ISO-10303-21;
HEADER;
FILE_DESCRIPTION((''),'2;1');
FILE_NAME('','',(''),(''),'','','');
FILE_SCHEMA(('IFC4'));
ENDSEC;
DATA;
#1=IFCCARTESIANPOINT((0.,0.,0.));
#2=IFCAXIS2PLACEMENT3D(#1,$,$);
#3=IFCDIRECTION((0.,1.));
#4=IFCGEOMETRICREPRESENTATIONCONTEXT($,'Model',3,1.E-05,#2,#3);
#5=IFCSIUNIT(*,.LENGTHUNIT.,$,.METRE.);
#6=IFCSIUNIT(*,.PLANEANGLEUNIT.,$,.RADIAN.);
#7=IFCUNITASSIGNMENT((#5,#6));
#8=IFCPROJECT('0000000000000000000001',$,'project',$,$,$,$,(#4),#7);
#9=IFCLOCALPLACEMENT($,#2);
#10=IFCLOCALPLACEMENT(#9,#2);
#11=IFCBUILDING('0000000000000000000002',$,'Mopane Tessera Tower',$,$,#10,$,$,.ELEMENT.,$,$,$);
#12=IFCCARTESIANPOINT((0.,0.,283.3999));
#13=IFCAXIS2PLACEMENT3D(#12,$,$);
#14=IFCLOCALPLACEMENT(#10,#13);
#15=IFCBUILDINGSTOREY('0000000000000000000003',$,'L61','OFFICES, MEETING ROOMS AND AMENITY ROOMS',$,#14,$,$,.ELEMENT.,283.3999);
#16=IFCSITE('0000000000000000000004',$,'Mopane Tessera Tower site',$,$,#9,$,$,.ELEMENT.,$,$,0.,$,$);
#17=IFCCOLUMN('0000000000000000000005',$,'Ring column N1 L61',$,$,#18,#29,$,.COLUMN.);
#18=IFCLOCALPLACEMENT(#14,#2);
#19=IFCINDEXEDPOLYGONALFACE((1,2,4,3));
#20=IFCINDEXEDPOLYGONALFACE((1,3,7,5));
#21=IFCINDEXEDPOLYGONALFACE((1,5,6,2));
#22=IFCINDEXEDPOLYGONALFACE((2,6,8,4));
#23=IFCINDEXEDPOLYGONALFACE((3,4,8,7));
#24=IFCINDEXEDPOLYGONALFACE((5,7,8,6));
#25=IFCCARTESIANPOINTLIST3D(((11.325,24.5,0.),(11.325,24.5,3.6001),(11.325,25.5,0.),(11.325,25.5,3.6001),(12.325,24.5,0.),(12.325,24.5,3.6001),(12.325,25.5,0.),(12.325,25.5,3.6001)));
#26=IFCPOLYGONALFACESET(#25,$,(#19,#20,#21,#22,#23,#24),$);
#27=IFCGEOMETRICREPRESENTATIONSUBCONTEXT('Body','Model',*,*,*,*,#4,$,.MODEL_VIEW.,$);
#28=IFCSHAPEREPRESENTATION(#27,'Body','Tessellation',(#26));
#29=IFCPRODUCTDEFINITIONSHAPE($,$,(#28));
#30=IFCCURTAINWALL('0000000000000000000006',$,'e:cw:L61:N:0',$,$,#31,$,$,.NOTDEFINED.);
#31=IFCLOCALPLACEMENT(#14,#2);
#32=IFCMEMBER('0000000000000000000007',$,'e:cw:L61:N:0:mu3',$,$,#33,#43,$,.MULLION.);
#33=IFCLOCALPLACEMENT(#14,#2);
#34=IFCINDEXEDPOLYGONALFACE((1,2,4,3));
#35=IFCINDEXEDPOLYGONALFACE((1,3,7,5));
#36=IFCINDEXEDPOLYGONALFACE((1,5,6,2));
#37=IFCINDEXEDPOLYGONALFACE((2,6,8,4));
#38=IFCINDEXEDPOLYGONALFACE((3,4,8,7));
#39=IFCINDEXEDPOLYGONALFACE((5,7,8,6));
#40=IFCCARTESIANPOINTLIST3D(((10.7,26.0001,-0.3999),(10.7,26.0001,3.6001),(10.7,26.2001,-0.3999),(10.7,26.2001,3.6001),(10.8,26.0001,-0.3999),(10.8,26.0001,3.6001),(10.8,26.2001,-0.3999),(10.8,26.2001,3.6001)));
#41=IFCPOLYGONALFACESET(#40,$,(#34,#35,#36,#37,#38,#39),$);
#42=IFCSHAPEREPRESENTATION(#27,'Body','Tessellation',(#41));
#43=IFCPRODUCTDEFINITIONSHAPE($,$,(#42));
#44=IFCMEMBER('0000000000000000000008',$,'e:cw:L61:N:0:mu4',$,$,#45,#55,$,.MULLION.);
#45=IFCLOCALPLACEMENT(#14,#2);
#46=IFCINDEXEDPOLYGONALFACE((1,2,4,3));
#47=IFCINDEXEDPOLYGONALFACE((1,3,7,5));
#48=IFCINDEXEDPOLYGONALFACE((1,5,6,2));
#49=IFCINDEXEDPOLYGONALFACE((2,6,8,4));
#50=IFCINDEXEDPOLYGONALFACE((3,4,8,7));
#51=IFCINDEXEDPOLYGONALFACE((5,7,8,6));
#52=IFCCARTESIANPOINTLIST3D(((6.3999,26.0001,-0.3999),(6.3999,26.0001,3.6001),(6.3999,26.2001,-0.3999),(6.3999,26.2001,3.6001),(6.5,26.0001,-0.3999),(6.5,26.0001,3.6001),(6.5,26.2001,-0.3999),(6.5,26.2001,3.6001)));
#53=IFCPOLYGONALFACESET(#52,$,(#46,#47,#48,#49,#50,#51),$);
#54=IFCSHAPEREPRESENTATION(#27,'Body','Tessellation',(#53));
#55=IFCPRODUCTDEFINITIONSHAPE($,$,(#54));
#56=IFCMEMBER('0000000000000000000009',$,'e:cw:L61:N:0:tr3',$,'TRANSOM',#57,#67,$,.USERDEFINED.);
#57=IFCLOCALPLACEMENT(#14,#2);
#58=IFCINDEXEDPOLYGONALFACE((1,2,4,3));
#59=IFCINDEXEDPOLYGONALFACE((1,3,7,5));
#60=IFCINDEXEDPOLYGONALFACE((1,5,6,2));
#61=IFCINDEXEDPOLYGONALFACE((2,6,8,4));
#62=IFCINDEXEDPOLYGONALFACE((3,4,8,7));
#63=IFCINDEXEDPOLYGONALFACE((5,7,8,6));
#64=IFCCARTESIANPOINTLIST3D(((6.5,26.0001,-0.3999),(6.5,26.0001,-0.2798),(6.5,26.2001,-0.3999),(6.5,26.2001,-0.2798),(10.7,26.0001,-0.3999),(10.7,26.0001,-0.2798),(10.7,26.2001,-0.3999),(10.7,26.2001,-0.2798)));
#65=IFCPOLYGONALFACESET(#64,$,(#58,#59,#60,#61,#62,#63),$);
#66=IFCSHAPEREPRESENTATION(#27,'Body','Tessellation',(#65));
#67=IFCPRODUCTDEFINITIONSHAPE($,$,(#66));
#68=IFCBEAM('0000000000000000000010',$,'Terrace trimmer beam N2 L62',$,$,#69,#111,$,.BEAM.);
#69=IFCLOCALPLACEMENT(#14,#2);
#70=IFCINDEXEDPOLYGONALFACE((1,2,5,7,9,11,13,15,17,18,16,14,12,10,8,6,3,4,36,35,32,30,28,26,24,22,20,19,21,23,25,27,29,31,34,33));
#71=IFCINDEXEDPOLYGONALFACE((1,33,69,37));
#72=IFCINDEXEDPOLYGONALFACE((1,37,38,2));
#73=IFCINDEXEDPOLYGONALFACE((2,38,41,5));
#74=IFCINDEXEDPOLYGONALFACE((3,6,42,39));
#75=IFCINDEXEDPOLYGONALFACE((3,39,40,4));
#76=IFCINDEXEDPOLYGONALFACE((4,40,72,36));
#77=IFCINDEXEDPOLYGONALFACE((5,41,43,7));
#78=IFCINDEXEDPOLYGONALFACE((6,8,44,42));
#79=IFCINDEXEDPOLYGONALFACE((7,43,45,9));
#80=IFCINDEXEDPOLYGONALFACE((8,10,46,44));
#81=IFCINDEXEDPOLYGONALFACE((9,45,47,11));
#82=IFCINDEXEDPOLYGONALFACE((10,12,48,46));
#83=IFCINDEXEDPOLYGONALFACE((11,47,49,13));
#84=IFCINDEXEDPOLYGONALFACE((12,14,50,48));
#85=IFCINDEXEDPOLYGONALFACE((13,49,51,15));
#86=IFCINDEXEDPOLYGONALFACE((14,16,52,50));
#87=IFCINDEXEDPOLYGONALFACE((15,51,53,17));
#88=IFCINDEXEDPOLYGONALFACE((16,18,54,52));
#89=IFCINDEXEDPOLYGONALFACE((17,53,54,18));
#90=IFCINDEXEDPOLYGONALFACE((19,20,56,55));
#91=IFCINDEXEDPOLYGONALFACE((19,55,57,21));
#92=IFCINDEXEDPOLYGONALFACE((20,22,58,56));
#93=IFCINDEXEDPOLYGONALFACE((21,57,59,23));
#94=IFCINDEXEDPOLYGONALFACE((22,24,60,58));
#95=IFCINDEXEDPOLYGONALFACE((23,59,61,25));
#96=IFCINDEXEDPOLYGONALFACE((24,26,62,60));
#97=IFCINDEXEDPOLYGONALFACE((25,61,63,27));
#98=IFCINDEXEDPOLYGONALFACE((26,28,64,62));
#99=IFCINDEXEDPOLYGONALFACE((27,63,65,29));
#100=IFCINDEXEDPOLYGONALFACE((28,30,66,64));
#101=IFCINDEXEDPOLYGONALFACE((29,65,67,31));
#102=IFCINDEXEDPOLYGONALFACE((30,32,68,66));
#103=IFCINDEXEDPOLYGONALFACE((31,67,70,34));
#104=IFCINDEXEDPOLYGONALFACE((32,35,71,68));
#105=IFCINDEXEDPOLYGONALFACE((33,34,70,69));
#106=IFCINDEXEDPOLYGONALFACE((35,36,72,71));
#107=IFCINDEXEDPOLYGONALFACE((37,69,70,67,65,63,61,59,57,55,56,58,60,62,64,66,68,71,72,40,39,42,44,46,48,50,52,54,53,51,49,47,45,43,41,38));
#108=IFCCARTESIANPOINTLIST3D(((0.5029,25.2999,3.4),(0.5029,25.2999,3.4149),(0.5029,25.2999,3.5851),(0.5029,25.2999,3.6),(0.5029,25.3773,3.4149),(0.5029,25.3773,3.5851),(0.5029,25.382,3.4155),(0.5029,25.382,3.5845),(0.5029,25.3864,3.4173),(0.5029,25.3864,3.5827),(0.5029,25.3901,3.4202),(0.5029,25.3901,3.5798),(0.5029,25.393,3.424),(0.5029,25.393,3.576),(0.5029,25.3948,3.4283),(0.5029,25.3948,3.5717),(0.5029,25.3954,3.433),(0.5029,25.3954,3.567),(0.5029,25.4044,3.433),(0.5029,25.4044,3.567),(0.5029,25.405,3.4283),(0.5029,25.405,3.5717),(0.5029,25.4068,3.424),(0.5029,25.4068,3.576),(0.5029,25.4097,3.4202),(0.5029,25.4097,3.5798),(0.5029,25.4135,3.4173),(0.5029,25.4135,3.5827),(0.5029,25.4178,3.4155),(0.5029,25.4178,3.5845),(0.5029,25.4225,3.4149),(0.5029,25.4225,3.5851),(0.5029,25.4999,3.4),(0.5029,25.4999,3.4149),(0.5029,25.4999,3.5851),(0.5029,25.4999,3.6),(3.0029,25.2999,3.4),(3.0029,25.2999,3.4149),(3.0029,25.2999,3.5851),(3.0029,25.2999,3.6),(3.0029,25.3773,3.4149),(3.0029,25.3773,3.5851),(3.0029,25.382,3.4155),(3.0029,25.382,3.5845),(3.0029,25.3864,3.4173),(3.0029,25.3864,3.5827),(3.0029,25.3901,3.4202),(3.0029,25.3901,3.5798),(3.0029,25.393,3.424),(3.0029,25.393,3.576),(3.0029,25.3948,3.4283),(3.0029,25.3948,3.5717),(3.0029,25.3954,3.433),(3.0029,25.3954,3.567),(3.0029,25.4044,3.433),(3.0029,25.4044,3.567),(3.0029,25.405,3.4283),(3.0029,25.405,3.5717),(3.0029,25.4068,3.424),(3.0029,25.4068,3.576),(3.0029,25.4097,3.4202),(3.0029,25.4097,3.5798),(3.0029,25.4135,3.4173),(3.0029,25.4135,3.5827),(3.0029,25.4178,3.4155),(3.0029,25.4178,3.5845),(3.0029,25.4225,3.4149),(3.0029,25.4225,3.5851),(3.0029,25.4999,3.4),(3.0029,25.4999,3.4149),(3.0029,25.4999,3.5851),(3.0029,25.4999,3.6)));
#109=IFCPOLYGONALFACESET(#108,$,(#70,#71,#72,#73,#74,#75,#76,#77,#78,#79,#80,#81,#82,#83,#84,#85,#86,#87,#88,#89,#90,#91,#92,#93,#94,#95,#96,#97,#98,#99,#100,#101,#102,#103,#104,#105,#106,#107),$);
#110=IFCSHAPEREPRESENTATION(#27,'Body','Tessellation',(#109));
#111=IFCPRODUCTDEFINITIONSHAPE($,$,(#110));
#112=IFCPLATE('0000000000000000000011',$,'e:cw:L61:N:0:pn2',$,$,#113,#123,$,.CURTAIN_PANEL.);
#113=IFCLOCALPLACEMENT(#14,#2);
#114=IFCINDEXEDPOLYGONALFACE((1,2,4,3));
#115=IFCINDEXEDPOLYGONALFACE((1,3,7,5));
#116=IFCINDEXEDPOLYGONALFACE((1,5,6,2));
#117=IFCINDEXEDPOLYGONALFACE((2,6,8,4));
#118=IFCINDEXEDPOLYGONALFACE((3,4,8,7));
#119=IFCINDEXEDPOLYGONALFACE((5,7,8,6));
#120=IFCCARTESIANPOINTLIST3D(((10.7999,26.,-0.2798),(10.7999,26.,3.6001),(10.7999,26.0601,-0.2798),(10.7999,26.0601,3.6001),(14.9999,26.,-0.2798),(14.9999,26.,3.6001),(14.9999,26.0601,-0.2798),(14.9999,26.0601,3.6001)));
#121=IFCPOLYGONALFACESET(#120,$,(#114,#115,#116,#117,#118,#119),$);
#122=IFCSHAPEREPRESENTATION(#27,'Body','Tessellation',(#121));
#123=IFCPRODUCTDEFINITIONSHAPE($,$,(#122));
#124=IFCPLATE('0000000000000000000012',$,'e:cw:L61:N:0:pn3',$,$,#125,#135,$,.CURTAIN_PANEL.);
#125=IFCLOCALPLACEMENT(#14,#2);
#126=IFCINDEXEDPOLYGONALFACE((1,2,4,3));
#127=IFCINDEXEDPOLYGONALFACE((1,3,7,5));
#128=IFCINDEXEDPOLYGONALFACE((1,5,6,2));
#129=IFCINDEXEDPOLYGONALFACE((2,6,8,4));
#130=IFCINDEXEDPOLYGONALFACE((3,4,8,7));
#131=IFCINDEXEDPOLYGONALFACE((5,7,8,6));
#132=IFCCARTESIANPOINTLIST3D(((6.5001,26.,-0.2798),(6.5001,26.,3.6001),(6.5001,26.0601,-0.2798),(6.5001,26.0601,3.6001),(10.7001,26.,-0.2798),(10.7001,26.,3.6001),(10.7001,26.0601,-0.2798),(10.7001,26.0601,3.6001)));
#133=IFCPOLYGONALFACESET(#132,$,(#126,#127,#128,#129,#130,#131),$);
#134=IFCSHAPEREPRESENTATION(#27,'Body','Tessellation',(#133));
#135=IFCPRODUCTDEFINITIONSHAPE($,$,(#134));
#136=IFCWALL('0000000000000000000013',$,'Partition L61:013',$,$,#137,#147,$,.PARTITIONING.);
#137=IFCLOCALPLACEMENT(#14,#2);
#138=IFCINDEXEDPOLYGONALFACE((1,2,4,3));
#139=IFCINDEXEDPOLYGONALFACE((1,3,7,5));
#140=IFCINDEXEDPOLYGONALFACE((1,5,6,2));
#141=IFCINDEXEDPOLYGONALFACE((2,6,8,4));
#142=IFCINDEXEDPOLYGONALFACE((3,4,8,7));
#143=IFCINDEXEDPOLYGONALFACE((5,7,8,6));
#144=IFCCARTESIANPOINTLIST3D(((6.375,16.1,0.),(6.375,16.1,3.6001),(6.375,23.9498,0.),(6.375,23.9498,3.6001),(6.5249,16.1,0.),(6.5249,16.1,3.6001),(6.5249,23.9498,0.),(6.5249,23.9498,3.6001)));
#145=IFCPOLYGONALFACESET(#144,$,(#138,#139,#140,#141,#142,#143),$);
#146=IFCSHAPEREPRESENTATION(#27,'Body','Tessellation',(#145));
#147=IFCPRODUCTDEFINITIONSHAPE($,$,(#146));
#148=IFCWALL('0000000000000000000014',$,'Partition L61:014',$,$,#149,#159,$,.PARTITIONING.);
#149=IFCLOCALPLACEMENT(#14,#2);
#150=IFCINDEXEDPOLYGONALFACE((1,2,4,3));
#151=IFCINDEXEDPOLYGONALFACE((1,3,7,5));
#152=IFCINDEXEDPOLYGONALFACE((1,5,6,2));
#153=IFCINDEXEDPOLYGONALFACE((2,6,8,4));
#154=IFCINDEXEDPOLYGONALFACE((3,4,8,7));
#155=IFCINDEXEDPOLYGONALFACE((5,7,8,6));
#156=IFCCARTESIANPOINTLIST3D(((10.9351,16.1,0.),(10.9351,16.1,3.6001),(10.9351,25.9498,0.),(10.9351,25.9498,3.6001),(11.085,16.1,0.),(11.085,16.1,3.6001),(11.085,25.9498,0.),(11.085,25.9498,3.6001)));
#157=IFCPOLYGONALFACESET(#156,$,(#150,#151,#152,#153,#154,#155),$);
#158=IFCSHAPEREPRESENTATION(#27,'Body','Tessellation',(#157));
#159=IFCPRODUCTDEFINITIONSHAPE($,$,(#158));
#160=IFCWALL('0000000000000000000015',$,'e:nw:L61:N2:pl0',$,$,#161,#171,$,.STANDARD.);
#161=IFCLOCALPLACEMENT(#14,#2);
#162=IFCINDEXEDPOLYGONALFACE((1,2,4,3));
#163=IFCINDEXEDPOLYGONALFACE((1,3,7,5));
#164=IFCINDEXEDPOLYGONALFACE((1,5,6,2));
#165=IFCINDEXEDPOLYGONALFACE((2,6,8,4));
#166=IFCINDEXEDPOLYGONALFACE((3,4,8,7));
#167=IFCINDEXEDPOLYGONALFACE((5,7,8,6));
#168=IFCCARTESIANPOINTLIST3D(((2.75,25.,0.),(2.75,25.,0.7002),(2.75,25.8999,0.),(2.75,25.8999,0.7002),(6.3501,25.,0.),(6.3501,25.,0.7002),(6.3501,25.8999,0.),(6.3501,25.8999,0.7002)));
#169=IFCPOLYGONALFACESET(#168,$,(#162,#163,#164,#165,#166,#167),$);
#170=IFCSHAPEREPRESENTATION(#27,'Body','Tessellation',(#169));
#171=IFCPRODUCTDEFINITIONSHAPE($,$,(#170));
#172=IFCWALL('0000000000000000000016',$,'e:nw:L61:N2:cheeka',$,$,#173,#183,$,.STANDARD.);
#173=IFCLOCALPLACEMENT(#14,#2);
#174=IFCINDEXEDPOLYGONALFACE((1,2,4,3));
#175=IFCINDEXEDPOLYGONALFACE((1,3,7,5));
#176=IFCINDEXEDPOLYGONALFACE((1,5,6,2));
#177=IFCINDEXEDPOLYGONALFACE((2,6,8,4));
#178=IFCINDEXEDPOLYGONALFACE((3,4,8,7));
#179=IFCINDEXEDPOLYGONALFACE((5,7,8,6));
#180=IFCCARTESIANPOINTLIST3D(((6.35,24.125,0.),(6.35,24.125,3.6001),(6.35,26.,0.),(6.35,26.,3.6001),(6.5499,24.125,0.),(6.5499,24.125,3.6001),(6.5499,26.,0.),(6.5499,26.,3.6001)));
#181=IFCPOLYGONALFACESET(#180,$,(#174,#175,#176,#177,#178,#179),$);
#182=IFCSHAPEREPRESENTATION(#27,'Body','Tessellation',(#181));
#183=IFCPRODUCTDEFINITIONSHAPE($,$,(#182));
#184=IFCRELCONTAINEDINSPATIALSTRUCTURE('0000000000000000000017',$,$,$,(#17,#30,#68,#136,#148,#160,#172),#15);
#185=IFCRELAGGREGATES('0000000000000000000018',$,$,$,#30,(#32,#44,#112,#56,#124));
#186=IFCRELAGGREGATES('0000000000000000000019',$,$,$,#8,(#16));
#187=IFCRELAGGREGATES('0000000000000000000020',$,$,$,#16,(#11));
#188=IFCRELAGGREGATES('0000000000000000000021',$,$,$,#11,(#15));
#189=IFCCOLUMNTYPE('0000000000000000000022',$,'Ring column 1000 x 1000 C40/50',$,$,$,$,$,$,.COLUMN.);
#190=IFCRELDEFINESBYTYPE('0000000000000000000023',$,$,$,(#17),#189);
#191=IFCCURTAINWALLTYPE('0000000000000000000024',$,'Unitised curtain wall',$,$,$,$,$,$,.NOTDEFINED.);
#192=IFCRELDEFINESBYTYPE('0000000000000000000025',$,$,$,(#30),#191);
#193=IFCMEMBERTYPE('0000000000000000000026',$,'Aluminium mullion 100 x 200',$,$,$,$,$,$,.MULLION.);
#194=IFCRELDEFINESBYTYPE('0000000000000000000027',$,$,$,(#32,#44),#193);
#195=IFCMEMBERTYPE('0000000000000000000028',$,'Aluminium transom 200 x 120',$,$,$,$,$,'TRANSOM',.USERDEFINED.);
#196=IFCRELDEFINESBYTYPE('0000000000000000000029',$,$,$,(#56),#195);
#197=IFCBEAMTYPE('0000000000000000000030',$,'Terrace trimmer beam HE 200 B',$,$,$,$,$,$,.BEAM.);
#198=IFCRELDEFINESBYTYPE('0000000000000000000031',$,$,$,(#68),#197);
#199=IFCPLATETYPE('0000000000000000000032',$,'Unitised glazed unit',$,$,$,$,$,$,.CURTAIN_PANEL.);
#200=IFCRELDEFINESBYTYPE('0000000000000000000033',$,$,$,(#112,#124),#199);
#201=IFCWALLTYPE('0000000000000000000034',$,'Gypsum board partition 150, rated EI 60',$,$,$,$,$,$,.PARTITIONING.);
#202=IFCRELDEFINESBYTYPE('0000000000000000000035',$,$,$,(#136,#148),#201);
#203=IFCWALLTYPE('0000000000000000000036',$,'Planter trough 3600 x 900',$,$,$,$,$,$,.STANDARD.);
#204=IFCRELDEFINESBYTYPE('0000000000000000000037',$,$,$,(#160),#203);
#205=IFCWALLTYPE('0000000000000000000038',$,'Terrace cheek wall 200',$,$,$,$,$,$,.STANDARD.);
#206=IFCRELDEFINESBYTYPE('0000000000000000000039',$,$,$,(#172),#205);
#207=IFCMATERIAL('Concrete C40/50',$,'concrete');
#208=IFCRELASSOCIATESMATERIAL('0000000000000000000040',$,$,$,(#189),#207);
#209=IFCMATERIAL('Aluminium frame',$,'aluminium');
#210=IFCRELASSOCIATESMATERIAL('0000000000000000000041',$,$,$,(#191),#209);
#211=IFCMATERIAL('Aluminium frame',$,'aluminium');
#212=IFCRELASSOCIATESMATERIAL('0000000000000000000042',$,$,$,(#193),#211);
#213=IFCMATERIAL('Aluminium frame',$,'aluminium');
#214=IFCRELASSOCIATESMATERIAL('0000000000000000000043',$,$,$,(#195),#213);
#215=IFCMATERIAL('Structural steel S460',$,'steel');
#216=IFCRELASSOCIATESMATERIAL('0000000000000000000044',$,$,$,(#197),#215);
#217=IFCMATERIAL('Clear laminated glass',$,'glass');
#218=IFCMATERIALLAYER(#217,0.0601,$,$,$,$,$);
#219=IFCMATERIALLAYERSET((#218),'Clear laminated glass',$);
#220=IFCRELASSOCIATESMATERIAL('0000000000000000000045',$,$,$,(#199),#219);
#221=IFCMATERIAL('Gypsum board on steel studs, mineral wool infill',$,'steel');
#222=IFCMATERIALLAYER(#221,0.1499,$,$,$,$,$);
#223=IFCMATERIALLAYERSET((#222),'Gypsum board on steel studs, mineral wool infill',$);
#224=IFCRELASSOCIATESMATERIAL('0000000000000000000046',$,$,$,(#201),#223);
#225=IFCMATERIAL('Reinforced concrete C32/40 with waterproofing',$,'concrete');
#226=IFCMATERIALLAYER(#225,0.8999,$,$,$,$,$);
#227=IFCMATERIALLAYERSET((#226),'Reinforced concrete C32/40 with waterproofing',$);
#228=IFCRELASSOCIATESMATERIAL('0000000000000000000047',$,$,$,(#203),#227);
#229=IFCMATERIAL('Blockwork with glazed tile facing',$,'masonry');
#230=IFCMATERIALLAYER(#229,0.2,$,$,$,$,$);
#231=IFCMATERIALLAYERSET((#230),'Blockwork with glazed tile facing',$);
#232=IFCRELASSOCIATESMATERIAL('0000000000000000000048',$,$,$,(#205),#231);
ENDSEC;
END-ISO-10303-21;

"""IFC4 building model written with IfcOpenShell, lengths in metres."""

from ifc_helpers import new_model, si_unit, direction, frame, frame_2d, origin, origin_2d, place, context, subcontext, project, spatial, rectangle, i_section, extrude, material, layer, layer_set, material_profile, profile_set, type_object, element, aggregate, save


model = new_model("IFC4")

# Units and contexts
model_context = context("Model", 3, precision=1e-05, world=origin(), true_north=direction((0.0, 1.0)))
body_context = subcontext(model_context, "Body", "Model", "MODEL_VIEW")
ifc_project = project(units=[si_unit("LENGTHUNIT", "METRE"), si_unit("PLANEANGLEUNIT", "RADIAN")], contexts=[model_context])

# Site, building, storey
site_placement = place(None, origin())
site = spatial("IfcSite", under=ifc_project, at=site_placement, Name="Mopane Tessera Tower site", CompositionType="ELEMENT", RefElevation=0.0)
building_placement = place(site_placement, origin())
building = spatial("IfcBuilding", under=site, at=building_placement, Name="Mopane Tessera Tower", CompositionType="ELEMENT")
storey_placement = place(building_placement, frame((0.0, 0.0, 283.3999)))
storey = spatial("IfcBuildingStorey", under=building, at=storey_placement, Name="L61", Description="OFFICES, MEETING ROOMS AND AMENITY ROOMS", CompositionType="ELEMENT", Elevation=283.3999)

# Column
ifc_material_1 = material(Name="Concrete C40/50", Category="concrete")
ifc_material_profile_1 = material_profile(ifc_material_1, rectangle(XDim=1.0, YDim=1.0, at=origin_2d()))
ifc_profile_set_1 = profile_set([ifc_material_profile_1], Name="Concrete C40/50")
column_type = type_object("IfcColumnType", Name="Ring column 1000 x 1000 C40/50", PredefinedType="COLUMN", material=ifc_profile_set_1)
column_placement = place(storey_placement, frame((11.825, 25.0, 0.0), z_axis=(0.0, 0.0, 1.0), x_axis=(1.0, 0.0, 0.0)))
element("IfcColumn", 1, at=column_placement, inside=storey, type_object=column_type, Name="Ring column N1 L61", PredefinedType="COLUMN", context=body_context, shape_type="SweptSolid", body=[
    extrude(rectangle(XDim=1.0, YDim=1.0, at=origin_2d()), origin(), (0.0, 0.0, 1.0), 3.6001),
])

# Curtain wall, members
ifc_material_2 = material(Name="Aluminium frame", Category="aluminium")
curtain_wall_type = type_object("IfcCurtainWallType", Name="Unitised curtain wall", PredefinedType="NOTDEFINED", material=ifc_material_2)
curtain_wall_placement = place(storey_placement, origin())
curtain_wall = element("IfcCurtainWall", 2, at=curtain_wall_placement, inside=storey, type_object=curtain_wall_type, Name="e:cw:L61:N:0", PredefinedType="NOTDEFINED")
ifc_material_3 = material(Name="Aluminium frame", Category="aluminium")
ifc_material_profile_2 = material_profile(ifc_material_3, rectangle(XDim=0.1001, YDim=0.2, at=origin_2d()))
ifc_profile_set_2 = profile_set([ifc_material_profile_2], Name="Aluminium frame")
member_type_1 = type_object("IfcMemberType", Name="Aluminium mullion 100 x 200", PredefinedType="MULLION", material=ifc_profile_set_2)
member_1_placement = place(storey_placement, frame((10.75, 26.1001, -0.3999), z_axis=(0.0, 0.0, 1.0), x_axis=(-1.0, 0.0, 0.0)))
member_1 = element("IfcMember", 3, at=member_1_placement, type_object=member_type_1, Name="e:cw:L61:N:0:mu3", PredefinedType="MULLION", context=body_context, shape_type="SweptSolid", body=[
    extrude(rectangle(XDim=0.1001, YDim=0.2, at=origin_2d()), origin(), (0.0, 0.0, 1.0), 4.0),
])
member_2_placement = place(storey_placement, frame((6.45, 26.1001, -0.3999), z_axis=(0.0, 0.0, 1.0), x_axis=(-1.0, 0.0, 0.0)))
member_2 = element("IfcMember", 4, at=member_2_placement, type_object=member_type_1, Name="e:cw:L61:N:0:mu4", PredefinedType="MULLION", context=body_context, shape_type="SweptSolid", body=[
    extrude(rectangle(XDim=0.1001, YDim=0.2, at=origin_2d()), origin(), (0.0, 0.0, 1.0), 4.0),
])
ifc_material_4 = material(Name="Aluminium frame", Category="aluminium")
ifc_material_profile_3 = material_profile(ifc_material_4, rectangle(XDim=0.2, YDim=0.1201, at=origin_2d()))
ifc_profile_set_3 = profile_set([ifc_material_profile_3], Name="Aluminium frame")
member_type_2 = type_object("IfcMemberType", Name="Aluminium transom 200 x 120", ElementType="TRANSOM", PredefinedType="USERDEFINED", material=ifc_profile_set_3)
member_3_placement = place(storey_placement, frame((10.7, 26.1001, -0.3398), z_axis=(-1.0, 0.0, 0.0), x_axis=(0.0, -1.0, 0.0)))
member_3 = element("IfcMember", 5, at=member_3_placement, type_object=member_type_2, Name="e:cw:L61:N:0:tr3", ObjectType="TRANSOM", PredefinedType="USERDEFINED", context=body_context, shape_type="SweptSolid", body=[
    extrude(rectangle(XDim=0.2, YDim=0.1201, at=origin_2d()), origin(), (0.0, 0.0, 1.0), 4.2),
])

# Beam
ifc_material_5 = material(Name="Structural steel S460", Category="steel")
ifc_material_profile_4 = material_profile(ifc_material_5, i_section(OverallWidth=0.2, OverallDepth=0.2, WebThickness=0.009, FlangeThickness=0.0149, FilletRadius=0.0181, at=origin_2d()))
ifc_profile_set_4 = profile_set([ifc_material_profile_4], Name="Structural steel S460")
beam_type = type_object("IfcBeamType", Name="Terrace trimmer beam HE 200 B", PredefinedType="BEAM", material=ifc_profile_set_4)
beam_placement = place(storey_placement, frame((0.5029, 25.3999, 3.5), z_axis=(1.0, 0.0, 0.0), x_axis=(0.0, 1.0, 0.0)))
element("IfcBeam", 6, at=beam_placement, inside=storey, type_object=beam_type, Name="Terrace trimmer beam N2 L62", PredefinedType="BEAM", context=body_context, shape_type="SweptSolid", body=[
    extrude(i_section(OverallWidth=0.2, OverallDepth=0.2, WebThickness=0.009, FlangeThickness=0.0149, FilletRadius=0.0181, at=origin_2d()), origin(), (0.0, 0.0, 1.0), 2.5),
])

# Plates
ifc_material_6 = material(Name="Clear laminated glass", Category="glass")
ifc_layer_1 = layer(ifc_material_6, 0.0601)
ifc_layer_set_1 = layer_set([ifc_layer_1], Name="Clear laminated glass")
plate_type = type_object("IfcPlateType", Name="Unitised glazed unit", PredefinedType="CURTAIN_PANEL", material=ifc_layer_set_1)
plate_1_placement = place(storey_placement, frame((12.8999, 26.03, -0.2798), z_axis=(0.0, 0.0, 1.0), x_axis=(-1.0, 0.0, 0.0)))
plate_1 = element("IfcPlate", 7, at=plate_1_placement, type_object=plate_type, Name="e:cw:L61:N:0:pn2", PredefinedType="CURTAIN_PANEL", context=body_context, shape_type="SweptSolid", body=[
    extrude(rectangle(XDim=4.2, YDim=0.0601, at=origin_2d()), origin(), (0.0, 0.0, 1.0), 3.8799),
])
plate_2_placement = place(storey_placement, frame((8.6001, 26.03, -0.2798), z_axis=(0.0, 0.0, 1.0), x_axis=(-1.0, 0.0, 0.0)))
plate_2 = element("IfcPlate", 8, at=plate_2_placement, type_object=plate_type, Name="e:cw:L61:N:0:pn3", PredefinedType="CURTAIN_PANEL", context=body_context, shape_type="SweptSolid", body=[
    extrude(rectangle(XDim=4.2, YDim=0.0601, at=origin_2d()), origin(), (0.0, 0.0, 1.0), 3.8799),
])
aggregate(curtain_wall, [member_1, member_2, plate_1, member_3, plate_2])

# Walls
ifc_material_7 = material(Name="Gypsum board on steel studs, mineral wool infill", Category="steel")
ifc_layer_2 = layer(ifc_material_7, 0.1499)
ifc_layer_set_2 = layer_set([ifc_layer_2], Name="Gypsum board on steel studs, mineral wool infill")
wall_type_1 = type_object("IfcWallType", Name="Gypsum board partition 150, rated EI 60", PredefinedType="PARTITIONING", material=ifc_layer_set_2)
wall_1_placement = place(storey_placement, frame((6.45, 16.1001, 0.0), z_axis=(0.0, 0.0, 1.0), x_axis=(0.0, 1.0, 0.0)))
element("IfcWall", 9, at=wall_1_placement, inside=storey, type_object=wall_type_1, Name="Partition L61:013", PredefinedType="PARTITIONING", context=body_context, shape_type="SweptSolid", body=[
    extrude(rectangle(XDim=7.8499, YDim=0.1499, at=frame_2d((3.9248, 0.0))), origin(), (0.0, 0.0, 1.0), 3.6001),
])
wall_2_placement = place(storey_placement, frame((11.01, 16.1001, 0.0), z_axis=(0.0, 0.0, 1.0), x_axis=(0.0, 1.0, 0.0)))
element("IfcWall", 10, at=wall_2_placement, inside=storey, type_object=wall_type_1, Name="Partition L61:014", PredefinedType="PARTITIONING", context=body_context, shape_type="SweptSolid", body=[
    extrude(rectangle(XDim=9.8499, YDim=0.1499, at=frame_2d((4.9248, 0.0))), origin(), (0.0, 0.0, 1.0), 3.6001),
])
ifc_material_8 = material(Name="Reinforced concrete C32/40 with waterproofing", Category="concrete")
ifc_layer_3 = layer(ifc_material_8, 0.8999)
ifc_layer_set_3 = layer_set([ifc_layer_3], Name="Reinforced concrete C32/40 with waterproofing")
wall_type_2 = type_object("IfcWallType", Name="Planter trough 3600 x 900", PredefinedType="STANDARD", material=ifc_layer_set_3)
wall_3_placement = place(storey_placement, frame((6.3501, 25.45, 0.0), z_axis=(0.0, 0.0, 1.0), x_axis=(-1.0, 0.0, 0.0)))
element("IfcWall", 11, at=wall_3_placement, inside=storey, type_object=wall_type_2, Name="e:nw:L61:N2:pl0", PredefinedType="STANDARD", context=body_context, shape_type="SweptSolid", body=[
    extrude(rectangle(XDim=3.6001, YDim=0.8999, at=frame_2d((1.8, 0.0))), origin(), (0.0, 0.0, 1.0), 0.7002),
])
ifc_material_9 = material(Name="Blockwork with glazed tile facing", Category="masonry")
ifc_layer_4 = layer(ifc_material_9, 0.2)
ifc_layer_set_4 = layer_set([ifc_layer_4], Name="Blockwork with glazed tile facing")
wall_type_3 = type_object("IfcWallType", Name="Terrace cheek wall 200", PredefinedType="STANDARD", material=ifc_layer_set_4)
wall_4_placement = place(storey_placement, frame((6.45, 26.0, 0.0), z_axis=(0.0, 0.0, 1.0), x_axis=(0.0, -1.0, 0.0)))
element("IfcWall", 12, at=wall_4_placement, inside=storey, type_object=wall_type_3, Name="e:nw:L61:N2:cheeka", PredefinedType="STANDARD", context=body_context, shape_type="SweptSolid", body=[
    extrude(rectangle(XDim=1.875, YDim=0.2, at=frame_2d((0.9375, 0.0))), origin(), (0.0, 0.0, 1.0), 3.6001),
])

save(model, "model.ifc")
